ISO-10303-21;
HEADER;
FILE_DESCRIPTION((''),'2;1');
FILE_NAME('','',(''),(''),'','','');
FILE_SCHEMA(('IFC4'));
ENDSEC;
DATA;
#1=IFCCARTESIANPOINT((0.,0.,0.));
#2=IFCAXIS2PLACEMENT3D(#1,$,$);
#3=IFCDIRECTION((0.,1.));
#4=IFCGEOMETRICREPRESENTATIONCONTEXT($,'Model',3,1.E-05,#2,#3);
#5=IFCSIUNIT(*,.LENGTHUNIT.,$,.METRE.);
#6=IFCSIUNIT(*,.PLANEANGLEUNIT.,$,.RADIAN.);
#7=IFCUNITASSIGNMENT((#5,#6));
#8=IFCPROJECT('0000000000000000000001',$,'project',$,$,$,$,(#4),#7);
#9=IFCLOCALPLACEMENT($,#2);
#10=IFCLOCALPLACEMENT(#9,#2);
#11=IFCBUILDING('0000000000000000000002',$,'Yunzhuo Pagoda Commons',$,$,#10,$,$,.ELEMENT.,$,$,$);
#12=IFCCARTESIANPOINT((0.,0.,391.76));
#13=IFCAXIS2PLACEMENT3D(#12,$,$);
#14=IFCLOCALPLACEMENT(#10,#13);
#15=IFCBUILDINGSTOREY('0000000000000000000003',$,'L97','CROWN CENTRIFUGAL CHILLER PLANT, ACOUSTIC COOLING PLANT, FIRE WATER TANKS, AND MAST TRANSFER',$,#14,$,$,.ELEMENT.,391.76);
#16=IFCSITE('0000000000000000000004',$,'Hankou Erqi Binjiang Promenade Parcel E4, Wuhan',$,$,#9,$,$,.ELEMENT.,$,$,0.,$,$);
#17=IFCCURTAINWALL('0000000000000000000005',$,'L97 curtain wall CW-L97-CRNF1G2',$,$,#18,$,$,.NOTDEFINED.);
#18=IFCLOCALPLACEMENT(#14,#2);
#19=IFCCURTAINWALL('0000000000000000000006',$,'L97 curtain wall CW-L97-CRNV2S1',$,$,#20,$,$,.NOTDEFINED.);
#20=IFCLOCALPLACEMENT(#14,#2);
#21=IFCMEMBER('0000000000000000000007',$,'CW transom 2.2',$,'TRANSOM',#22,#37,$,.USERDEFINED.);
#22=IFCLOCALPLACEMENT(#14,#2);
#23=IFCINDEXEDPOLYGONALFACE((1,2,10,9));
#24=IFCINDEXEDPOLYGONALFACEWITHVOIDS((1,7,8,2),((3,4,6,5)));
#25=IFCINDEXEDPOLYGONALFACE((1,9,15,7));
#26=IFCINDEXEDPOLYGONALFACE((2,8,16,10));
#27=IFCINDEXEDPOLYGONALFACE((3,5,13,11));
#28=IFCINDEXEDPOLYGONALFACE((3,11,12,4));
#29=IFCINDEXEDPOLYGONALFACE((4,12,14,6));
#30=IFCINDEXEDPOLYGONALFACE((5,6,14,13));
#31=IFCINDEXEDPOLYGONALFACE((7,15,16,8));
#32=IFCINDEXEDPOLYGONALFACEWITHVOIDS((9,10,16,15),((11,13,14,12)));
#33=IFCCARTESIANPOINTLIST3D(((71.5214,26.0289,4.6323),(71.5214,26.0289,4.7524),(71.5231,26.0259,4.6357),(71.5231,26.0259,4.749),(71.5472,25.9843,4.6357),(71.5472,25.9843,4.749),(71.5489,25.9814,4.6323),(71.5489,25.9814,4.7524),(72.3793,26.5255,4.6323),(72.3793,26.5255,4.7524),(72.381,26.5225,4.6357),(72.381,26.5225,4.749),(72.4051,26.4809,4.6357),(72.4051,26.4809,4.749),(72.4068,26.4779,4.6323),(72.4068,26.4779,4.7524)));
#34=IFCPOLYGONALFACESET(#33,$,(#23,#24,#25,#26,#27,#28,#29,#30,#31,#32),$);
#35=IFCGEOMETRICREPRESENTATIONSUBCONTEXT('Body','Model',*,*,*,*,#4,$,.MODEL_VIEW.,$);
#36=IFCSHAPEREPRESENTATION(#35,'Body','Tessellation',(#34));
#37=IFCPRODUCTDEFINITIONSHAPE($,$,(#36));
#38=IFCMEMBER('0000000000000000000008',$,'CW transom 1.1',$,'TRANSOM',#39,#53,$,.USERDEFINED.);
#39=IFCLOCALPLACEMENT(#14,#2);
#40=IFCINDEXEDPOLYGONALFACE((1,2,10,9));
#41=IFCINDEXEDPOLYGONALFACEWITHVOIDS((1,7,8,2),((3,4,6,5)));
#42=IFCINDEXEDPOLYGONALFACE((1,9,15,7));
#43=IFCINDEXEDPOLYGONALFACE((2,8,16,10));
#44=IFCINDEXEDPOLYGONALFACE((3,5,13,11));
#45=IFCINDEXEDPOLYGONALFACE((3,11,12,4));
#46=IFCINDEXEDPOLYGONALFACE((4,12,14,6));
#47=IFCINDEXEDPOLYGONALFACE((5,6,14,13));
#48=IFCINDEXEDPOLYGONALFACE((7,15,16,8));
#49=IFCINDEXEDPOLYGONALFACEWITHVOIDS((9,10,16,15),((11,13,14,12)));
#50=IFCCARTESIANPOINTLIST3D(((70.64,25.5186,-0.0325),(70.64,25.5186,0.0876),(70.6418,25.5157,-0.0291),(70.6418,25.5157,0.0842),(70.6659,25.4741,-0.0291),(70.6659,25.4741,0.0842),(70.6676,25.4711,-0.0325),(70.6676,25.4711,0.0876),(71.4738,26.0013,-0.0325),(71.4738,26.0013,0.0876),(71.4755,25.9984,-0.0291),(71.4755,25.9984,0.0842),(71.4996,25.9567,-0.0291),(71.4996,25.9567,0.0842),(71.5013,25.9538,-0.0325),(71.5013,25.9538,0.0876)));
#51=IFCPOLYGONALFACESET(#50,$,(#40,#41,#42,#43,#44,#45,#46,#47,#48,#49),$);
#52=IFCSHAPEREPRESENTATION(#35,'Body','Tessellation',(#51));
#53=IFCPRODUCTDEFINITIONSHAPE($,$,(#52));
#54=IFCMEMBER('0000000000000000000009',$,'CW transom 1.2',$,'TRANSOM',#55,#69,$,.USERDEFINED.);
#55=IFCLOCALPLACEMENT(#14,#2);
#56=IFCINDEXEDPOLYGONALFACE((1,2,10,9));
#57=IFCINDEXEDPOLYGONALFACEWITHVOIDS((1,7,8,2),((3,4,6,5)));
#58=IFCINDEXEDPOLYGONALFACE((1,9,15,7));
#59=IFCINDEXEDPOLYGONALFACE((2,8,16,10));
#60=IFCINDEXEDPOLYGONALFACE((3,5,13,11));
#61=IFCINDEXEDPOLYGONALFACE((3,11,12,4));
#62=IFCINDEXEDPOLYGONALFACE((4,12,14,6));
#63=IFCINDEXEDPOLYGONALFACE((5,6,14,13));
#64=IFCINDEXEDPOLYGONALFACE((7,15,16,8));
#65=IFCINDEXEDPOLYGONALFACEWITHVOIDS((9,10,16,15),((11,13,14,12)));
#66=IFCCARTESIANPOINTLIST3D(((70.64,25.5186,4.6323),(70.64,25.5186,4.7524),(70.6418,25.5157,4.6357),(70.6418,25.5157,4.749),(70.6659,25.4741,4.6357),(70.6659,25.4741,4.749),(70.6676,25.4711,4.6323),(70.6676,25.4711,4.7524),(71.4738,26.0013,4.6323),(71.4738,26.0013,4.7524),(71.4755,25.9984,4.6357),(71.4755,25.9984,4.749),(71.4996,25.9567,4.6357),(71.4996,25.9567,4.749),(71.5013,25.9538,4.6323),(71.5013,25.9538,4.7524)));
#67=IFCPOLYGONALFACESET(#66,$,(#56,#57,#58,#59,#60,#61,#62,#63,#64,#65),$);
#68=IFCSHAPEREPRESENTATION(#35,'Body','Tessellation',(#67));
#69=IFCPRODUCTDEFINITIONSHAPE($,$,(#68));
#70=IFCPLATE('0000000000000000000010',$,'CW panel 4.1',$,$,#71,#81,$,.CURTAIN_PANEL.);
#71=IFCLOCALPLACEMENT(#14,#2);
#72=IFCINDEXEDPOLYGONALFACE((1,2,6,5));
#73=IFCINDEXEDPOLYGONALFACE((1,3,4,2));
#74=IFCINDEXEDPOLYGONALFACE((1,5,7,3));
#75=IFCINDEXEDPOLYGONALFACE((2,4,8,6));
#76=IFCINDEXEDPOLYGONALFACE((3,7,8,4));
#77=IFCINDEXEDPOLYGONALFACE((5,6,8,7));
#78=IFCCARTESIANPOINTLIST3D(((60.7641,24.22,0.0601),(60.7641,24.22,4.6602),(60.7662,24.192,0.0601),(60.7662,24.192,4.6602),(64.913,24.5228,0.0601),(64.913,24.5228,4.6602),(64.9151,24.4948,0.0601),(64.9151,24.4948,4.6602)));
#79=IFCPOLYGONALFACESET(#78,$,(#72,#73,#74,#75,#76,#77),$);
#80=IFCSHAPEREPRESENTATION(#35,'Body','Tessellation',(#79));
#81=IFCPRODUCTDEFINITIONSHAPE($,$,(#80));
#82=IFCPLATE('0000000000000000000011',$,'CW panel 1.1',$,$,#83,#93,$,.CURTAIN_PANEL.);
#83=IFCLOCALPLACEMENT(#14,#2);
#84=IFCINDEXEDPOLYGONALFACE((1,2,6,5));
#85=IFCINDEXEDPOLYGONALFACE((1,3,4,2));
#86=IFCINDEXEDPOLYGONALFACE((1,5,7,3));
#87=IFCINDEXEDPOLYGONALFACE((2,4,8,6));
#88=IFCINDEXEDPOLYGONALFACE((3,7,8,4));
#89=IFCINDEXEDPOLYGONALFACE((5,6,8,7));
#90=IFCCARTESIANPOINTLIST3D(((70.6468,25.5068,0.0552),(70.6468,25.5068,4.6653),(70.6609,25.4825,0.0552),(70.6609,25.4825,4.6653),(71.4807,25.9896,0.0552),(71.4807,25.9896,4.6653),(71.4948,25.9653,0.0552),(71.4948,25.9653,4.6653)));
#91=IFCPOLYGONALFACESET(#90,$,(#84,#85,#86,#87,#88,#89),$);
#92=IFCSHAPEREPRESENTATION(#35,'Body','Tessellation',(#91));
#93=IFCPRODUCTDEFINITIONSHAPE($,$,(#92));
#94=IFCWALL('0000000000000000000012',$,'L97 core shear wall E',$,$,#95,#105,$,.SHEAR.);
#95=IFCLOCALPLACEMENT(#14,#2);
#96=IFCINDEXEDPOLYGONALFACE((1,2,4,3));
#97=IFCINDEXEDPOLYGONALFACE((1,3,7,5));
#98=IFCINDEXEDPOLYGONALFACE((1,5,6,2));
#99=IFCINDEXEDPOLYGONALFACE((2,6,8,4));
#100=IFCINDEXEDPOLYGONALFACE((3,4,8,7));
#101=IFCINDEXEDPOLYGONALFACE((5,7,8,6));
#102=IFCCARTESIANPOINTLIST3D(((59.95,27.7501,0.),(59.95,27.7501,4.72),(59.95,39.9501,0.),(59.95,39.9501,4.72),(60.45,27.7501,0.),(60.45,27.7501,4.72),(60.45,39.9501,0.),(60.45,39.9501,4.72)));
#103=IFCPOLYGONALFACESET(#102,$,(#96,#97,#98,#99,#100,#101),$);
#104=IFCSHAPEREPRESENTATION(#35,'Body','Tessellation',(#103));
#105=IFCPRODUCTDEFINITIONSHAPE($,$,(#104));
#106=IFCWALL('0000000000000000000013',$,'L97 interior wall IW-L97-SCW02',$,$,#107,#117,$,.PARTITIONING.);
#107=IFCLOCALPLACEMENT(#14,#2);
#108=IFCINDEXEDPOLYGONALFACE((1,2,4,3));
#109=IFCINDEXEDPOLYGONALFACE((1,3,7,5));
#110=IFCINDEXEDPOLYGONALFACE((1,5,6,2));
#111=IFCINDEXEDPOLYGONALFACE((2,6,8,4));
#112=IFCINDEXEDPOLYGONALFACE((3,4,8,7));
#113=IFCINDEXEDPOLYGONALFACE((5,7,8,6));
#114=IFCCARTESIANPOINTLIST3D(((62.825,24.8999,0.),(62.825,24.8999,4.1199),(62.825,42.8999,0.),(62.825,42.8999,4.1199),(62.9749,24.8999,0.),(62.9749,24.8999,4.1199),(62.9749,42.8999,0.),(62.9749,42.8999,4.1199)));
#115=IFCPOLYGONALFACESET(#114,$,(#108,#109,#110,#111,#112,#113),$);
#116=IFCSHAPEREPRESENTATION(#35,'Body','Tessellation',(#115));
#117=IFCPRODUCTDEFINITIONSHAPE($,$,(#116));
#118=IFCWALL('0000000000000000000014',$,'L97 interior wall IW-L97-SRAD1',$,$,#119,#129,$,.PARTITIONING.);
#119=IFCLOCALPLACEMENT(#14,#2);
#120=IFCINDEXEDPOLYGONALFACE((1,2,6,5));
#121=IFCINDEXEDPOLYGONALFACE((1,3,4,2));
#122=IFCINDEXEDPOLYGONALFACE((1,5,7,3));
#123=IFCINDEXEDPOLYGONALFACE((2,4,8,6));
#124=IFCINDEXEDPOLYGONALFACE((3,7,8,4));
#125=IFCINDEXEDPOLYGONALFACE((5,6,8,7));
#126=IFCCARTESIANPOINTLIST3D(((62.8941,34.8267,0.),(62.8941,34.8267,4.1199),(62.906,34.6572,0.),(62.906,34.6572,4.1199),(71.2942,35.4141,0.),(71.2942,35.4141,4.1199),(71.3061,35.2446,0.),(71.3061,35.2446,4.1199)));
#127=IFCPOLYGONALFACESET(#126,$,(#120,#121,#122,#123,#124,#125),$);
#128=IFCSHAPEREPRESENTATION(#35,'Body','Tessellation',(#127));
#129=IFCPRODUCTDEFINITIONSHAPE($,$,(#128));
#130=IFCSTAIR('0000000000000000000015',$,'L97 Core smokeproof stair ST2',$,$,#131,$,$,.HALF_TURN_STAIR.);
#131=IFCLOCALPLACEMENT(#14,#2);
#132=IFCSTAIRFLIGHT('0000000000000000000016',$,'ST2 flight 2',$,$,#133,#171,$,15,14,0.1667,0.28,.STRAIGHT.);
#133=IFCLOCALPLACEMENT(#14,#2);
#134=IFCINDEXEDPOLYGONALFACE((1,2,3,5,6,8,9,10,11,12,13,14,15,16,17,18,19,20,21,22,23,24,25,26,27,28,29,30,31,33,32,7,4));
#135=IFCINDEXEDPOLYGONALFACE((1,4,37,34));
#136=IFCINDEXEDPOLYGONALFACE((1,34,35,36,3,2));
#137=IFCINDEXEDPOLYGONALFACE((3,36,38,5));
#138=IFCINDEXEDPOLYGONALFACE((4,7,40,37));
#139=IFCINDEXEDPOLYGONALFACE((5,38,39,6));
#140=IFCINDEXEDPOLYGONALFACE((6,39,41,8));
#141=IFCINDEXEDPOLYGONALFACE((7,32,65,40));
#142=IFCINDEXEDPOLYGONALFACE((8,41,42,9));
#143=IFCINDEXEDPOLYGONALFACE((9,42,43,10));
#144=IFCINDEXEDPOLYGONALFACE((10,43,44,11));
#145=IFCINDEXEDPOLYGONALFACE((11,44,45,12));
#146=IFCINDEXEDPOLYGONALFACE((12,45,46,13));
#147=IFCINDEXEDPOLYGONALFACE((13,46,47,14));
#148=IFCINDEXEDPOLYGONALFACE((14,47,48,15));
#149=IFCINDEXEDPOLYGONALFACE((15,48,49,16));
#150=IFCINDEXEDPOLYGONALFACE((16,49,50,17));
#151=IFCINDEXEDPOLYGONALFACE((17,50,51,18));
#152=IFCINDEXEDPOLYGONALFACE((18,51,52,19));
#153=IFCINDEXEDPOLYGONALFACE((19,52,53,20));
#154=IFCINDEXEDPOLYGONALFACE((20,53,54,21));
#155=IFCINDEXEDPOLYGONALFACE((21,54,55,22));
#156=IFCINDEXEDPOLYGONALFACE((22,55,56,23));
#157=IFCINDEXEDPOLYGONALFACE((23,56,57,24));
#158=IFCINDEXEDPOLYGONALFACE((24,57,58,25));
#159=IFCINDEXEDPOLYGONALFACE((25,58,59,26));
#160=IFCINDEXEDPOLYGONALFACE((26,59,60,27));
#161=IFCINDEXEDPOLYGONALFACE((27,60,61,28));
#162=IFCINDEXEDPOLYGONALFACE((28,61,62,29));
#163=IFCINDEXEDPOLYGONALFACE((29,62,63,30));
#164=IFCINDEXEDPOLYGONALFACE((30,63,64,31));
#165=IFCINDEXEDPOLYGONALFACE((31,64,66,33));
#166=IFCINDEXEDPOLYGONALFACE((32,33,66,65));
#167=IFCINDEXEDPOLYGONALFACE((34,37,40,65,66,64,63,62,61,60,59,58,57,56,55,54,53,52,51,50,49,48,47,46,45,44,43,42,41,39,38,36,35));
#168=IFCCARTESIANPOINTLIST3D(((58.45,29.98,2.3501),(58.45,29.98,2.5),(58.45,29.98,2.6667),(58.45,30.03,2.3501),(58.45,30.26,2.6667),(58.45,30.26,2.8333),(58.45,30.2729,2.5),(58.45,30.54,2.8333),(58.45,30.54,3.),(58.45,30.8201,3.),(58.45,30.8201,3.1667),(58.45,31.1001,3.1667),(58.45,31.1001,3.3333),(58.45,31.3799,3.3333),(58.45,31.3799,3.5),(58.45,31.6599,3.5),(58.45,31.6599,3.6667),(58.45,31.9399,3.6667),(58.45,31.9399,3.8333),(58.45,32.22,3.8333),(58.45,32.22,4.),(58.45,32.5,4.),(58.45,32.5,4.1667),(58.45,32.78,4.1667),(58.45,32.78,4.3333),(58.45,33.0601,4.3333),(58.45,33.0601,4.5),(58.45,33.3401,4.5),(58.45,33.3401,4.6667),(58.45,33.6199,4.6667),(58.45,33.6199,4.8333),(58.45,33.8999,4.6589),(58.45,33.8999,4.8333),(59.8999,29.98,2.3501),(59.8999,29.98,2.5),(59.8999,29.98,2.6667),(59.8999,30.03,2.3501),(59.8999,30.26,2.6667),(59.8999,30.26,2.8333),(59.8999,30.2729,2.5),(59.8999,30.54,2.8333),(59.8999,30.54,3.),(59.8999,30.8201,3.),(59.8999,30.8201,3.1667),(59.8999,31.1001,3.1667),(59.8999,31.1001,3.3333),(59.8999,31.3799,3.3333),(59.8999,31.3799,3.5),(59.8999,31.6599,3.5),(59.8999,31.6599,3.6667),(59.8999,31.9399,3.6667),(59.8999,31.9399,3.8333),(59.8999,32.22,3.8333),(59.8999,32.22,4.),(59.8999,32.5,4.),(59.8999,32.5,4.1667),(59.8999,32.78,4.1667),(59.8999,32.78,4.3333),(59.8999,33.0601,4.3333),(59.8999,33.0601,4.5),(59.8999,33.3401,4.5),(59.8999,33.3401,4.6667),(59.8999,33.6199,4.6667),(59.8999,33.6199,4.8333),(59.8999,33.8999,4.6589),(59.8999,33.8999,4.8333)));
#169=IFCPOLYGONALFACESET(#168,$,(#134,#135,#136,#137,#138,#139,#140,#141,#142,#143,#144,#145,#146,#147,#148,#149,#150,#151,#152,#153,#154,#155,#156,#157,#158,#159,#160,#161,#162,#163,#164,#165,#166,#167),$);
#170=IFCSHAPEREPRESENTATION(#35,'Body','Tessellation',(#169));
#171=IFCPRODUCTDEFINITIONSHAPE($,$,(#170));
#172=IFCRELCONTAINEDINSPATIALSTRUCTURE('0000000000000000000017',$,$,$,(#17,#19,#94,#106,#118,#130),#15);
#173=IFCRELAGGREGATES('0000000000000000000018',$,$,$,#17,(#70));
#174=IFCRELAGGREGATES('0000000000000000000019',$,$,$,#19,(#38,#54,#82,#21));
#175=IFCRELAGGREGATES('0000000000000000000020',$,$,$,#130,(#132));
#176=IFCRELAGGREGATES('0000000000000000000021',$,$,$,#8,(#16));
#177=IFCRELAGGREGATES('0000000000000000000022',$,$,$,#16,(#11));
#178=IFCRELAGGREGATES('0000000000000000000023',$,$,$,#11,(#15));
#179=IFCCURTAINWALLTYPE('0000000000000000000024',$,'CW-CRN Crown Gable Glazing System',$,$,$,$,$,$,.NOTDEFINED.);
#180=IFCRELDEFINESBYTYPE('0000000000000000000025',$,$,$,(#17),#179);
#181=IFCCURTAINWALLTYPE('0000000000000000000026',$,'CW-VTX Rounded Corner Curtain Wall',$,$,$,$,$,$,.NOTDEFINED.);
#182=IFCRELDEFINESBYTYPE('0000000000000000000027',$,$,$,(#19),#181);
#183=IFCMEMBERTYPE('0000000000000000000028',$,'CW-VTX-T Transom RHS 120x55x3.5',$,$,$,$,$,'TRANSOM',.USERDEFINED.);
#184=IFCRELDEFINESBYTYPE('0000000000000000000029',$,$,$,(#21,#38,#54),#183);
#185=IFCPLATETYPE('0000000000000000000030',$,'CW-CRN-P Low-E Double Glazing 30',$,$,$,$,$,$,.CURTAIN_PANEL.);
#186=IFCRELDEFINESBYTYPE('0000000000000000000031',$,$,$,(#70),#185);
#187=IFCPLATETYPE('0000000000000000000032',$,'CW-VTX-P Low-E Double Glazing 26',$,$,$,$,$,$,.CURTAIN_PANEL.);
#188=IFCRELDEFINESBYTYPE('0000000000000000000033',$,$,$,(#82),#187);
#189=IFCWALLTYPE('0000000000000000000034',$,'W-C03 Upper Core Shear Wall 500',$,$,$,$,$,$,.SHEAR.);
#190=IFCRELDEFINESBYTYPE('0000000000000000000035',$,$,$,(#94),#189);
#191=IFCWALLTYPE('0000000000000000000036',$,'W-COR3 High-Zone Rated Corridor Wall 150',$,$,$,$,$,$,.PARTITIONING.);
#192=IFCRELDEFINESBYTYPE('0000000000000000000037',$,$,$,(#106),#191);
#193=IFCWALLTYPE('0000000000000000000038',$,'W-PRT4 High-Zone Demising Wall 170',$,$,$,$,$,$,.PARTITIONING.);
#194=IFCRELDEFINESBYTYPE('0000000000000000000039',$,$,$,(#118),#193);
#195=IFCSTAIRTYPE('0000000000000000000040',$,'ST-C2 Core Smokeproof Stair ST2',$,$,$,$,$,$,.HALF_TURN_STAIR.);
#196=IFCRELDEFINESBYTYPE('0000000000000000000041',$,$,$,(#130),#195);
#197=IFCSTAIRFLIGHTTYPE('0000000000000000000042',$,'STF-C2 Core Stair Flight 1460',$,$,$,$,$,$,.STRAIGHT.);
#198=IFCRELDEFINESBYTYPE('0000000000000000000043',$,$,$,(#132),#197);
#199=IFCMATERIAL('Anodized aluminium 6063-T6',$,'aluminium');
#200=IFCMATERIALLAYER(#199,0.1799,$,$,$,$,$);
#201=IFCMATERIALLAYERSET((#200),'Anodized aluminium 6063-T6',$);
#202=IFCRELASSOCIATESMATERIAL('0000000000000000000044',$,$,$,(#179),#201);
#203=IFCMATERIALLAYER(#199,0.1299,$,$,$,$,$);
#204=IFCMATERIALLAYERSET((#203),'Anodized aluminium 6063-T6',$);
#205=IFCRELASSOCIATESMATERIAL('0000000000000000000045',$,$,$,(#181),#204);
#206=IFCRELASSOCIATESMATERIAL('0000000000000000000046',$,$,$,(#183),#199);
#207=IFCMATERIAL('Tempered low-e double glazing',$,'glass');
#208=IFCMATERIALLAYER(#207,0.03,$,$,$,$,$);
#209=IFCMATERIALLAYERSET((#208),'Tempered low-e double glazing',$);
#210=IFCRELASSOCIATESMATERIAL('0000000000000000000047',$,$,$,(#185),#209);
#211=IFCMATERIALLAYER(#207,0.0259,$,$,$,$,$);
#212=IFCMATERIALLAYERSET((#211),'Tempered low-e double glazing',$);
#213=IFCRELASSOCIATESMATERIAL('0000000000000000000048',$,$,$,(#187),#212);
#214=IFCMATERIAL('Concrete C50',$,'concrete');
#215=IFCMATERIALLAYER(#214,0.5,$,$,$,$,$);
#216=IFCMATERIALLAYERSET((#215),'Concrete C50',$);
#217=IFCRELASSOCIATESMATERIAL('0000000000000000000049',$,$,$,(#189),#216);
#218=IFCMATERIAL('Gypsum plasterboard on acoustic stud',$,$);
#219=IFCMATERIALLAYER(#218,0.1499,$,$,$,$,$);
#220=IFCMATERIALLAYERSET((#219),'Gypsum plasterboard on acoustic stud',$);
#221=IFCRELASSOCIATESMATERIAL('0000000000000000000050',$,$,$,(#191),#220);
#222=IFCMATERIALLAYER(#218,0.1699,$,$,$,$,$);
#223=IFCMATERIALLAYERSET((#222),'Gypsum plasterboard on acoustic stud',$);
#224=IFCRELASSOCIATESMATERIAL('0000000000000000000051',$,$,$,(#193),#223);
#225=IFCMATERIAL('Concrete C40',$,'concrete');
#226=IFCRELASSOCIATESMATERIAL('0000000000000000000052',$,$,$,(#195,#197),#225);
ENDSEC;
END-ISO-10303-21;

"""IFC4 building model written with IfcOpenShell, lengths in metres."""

from ifc_helpers import new_model, si_unit, direction, frame, frame_2d, origin, origin_2d, place, context, subcontext, project, spatial, polyline, rectangle, hollow_rectangle, outline, extrude, source, transform, mapped, material, layer, layer_set, material_profile, profile_set, type_object, element, aggregate, save


model = new_model("IFC4")

# Units and contexts
model_context = context("Model", 3, precision=1e-05, world=origin(), true_north=direction((0.0, 1.0)))
body_context = subcontext(model_context, "Body", "Model", "MODEL_VIEW")
ifc_project = project(units=[si_unit("LENGTHUNIT", "METRE"), si_unit("PLANEANGLEUNIT", "RADIAN")], contexts=[model_context])

# Site, building, storey
site_placement = place(None, origin())
site = spatial("IfcSite", under=ifc_project, at=site_placement, Name="Hankou Erqi Binjiang Promenade Parcel E4, Wuhan", CompositionType="ELEMENT", RefElevation=0.0)
building_placement = place(site_placement, origin())
building = spatial("IfcBuilding", under=site, at=building_placement, Name="Yunzhuo Pagoda Commons", CompositionType="ELEMENT")
storey_placement = place(building_placement, frame((0.0, 0.0, 391.76)))
storey = spatial("IfcBuildingStorey", under=building, at=storey_placement, Name="L97", Description="CROWN CENTRIFUGAL CHILLER PLANT, ACOUSTIC COOLING PLANT, FIRE WATER TANKS, AND MAST TRANSFER", CompositionType="ELEMENT", Elevation=391.76)

# Curtain walls, members
ifc_material_1 = material(Name="Anodized aluminium 6063-T6", Category="aluminium")
ifc_layer_1 = layer(ifc_material_1, 0.1799)
ifc_layer_set_1 = layer_set([ifc_layer_1], Name="Anodized aluminium 6063-T6")
curtain_wall_type_1 = type_object("IfcCurtainWallType", Name="CW-CRN Crown Gable Glazing System", PredefinedType="NOTDEFINED", material=ifc_layer_set_1)
curtain_wall_1_placement = place(storey_placement, origin())
curtain_wall_1 = element("IfcCurtainWall", 1, at=curtain_wall_1_placement, inside=storey, type_object=curtain_wall_type_1, Name="L97 curtain wall CW-L97-CRNF1G2", PredefinedType="NOTDEFINED")
ifc_layer_2 = layer(ifc_material_1, 0.1299)
ifc_layer_set_2 = layer_set([ifc_layer_2], Name="Anodized aluminium 6063-T6")
curtain_wall_type_2 = type_object("IfcCurtainWallType", Name="CW-VTX Rounded Corner Curtain Wall", PredefinedType="NOTDEFINED", material=ifc_layer_set_2)
curtain_wall_2_placement = place(storey_placement, origin())
curtain_wall_2 = element("IfcCurtainWall", 2, at=curtain_wall_2_placement, inside=storey, type_object=curtain_wall_type_2, Name="L97 curtain wall CW-L97-CRNV2S1", PredefinedType="NOTDEFINED")
ifc_material_profile_1 = material_profile(ifc_material_1, hollow_rectangle(XDim=0.0549, YDim=0.1201, WallThickness=0.0034, at=origin_2d()), Name="Anodized aluminium 6063-T6")
ifc_profile_set_1 = profile_set([ifc_material_profile_1], Name="Anodized aluminium 6063-T6")
member_type_1 = type_object("IfcMemberType", Name="CW-VTX-T Transom RHS 120x55x3.5", ElementType="TRANSOM", PredefinedType="USERDEFINED", material=ifc_profile_set_1)
shared_shape_1 = source(origin(), body_context, "Body", "SweptSolid", [
    extrude(hollow_rectangle(XDim=0.0549, YDim=0.1201, WallThickness=0.0034, at=origin_2d()), origin(), (0.0, 0.0, 1.0), 0.9912),
])
member_1_placement = place(storey_placement, frame((71.5352, 26.0051, 4.6924), z_axis=(0.865471, 0.500959, 0.0), x_axis=(-0.500959, 0.865471, 0.0)))
member_1 = element("IfcMember", 3, at=member_1_placement, type_object=member_type_1, Name="CW transom 2.2", ObjectType="TRANSOM", PredefinedType="USERDEFINED", context=body_context, shape_type="MappedRepresentation", body=[
    mapped(shared_shape_1, transform((0.0, 0.0, 0.0), scale=1.0)),
])
shared_shape_2 = source(origin(), body_context, "Body", "SweptSolid", [
    extrude(hollow_rectangle(XDim=0.0549, YDim=0.1201, WallThickness=0.0034, at=origin_2d()), origin(), (0.0, 0.0, 1.0), 0.9634),
])
member_2_placement = place(storey_placement, frame((70.6538, 25.4949, 0.0276), z_axis=(0.865438, 0.501016, 0.0), x_axis=(-0.501016, 0.865438, 0.0)))
member_2 = element("IfcMember", 4, at=member_2_placement, type_object=member_type_1, Name="CW transom 1.1", ObjectType="TRANSOM", PredefinedType="USERDEFINED", context=body_context, shape_type="MappedRepresentation", body=[
    mapped(shared_shape_2, transform((0.0, 0.0, 0.0), scale=1.0)),
])
member_3_placement = place(storey_placement, frame((70.6538, 25.4949, 4.6924), z_axis=(0.865438, 0.501016, 0.0), x_axis=(-0.501016, 0.865438, 0.0)))
member_3 = element("IfcMember", 5, at=member_3_placement, type_object=member_type_1, Name="CW transom 1.2", ObjectType="TRANSOM", PredefinedType="USERDEFINED", context=body_context, shape_type="MappedRepresentation", body=[
    mapped(shared_shape_2, transform((0.0, 0.0, 0.0), scale=1.0)),
])

# Plates
ifc_material_2 = material(Name="Tempered low-e double glazing", Category="glass")
ifc_layer_3 = layer(ifc_material_2, 0.03)
ifc_layer_set_3 = layer_set([ifc_layer_3], Name="Tempered low-e double glazing")
plate_type_1 = type_object("IfcPlateType", Name="CW-CRN-P Low-E Double Glazing 30", PredefinedType="CURTAIN_PANEL", material=ifc_layer_set_3)
shared_shape_3 = source(origin(), body_context, "Body", "SweptSolid", [
    extrude(rectangle(XDim=4.1599, YDim=0.0281, at=origin_2d()), origin(), (0.0, 0.0, 1.0), 4.6001),
])
plate_1_placement = place(storey_placement, frame((62.8396, 24.3574, 0.0601), z_axis=(0.0, 0.0, 1.0), x_axis=(0.997347, 0.072796, 0.0)))
plate_1 = element("IfcPlate", 6, at=plate_1_placement, type_object=plate_type_1, Name="CW panel 4.1", PredefinedType="CURTAIN_PANEL", context=body_context, shape_type="MappedRepresentation", body=[
    mapped(shared_shape_3, transform((0.0, 0.0, 0.0), scale=1.0)),
])
aggregate(curtain_wall_1, [plate_1])
ifc_layer_4 = layer(ifc_material_2, 0.0259)
ifc_layer_set_4 = layer_set([ifc_layer_4], Name="Tempered low-e double glazing")
plate_type_2 = type_object("IfcPlateType", Name="CW-VTX-P Low-E Double Glazing 26", PredefinedType="CURTAIN_PANEL", material=ifc_layer_set_4)
shared_shape_4 = source(origin(), body_context, "Body", "SweptSolid", [
    extrude(rectangle(XDim=0.9636, YDim=0.0281, at=origin_2d()), origin(), (0.0, 0.0, 1.0), 4.6101),
])
plate_2_placement = place(storey_placement, frame((71.0708, 25.7361, 0.0552), z_axis=(0.0, 0.0, 1.0), x_axis=(0.865423, 0.501041, 0.0)))
plate_2 = element("IfcPlate", 7, at=plate_2_placement, type_object=plate_type_2, Name="CW panel 1.1", PredefinedType="CURTAIN_PANEL", context=body_context, shape_type="MappedRepresentation", body=[
    mapped(shared_shape_4, transform((0.0, 0.0, 0.0), scale=1.0)),
])
aggregate(curtain_wall_2, [member_2, member_3, plate_2, member_1])

# Walls
ifc_material_3 = material(Name="Concrete C50", Category="concrete")
ifc_layer_5 = layer(ifc_material_3, 0.5)
ifc_layer_set_5 = layer_set([ifc_layer_5], Name="Concrete C50")
wall_type_1 = type_object("IfcWallType", Name="W-C03 Upper Core Shear Wall 500", PredefinedType="SHEAR", material=ifc_layer_set_5)
wall_1_placement = place(storey_placement, frame((60.2, 27.75, 0.0), z_axis=(0.0, 0.0, 1.0), x_axis=(0.0, 1.0, 0.0)))
element("IfcWall", 8, at=wall_1_placement, inside=storey, type_object=wall_type_1, Name="L97 core shear wall E", PredefinedType="SHEAR", context=body_context, shape_type="SweptSolid", body=[
    extrude(rectangle(XDim=12.2, YDim=0.5, at=frame_2d((6.1001, 0.0))), origin(), (0.0, 0.0, 1.0), 4.72),
])
ifc_material_4 = material(Name="Gypsum plasterboard on acoustic stud")
ifc_layer_6 = layer(ifc_material_4, 0.1499)
ifc_layer_set_6 = layer_set([ifc_layer_6], Name="Gypsum plasterboard on acoustic stud")
wall_type_2 = type_object("IfcWallType", Name="W-COR3 High-Zone Rated Corridor Wall 150", PredefinedType="PARTITIONING", material=ifc_layer_set_6)
wall_2_placement = place(storey_placement, frame((62.8999, 24.8999, 0.0), z_axis=(0.0, 0.0, 1.0), x_axis=(0.0, 1.0, 0.0)))
element("IfcWall", 9, at=wall_2_placement, inside=storey, type_object=wall_type_2, Name="L97 interior wall IW-L97-SCW02", PredefinedType="PARTITIONING", context=body_context, shape_type="SweptSolid", body=[
    extrude(rectangle(XDim=18.0, YDim=0.1499, at=frame_2d((9.0, 0.0))), origin(), (0.0, 0.0, 1.0), 4.1199),
])
ifc_layer_7 = layer(ifc_material_4, 0.1699)
ifc_layer_set_7 = layer_set([ifc_layer_7], Name="Gypsum plasterboard on acoustic stud")
wall_type_3 = type_object("IfcWallType", Name="W-PRT4 High-Zone Demising Wall 170", PredefinedType="PARTITIONING", material=ifc_layer_set_7)
wall_3_placement = place(storey_placement, frame((62.8999, 34.7419, 0.0), z_axis=(0.0, 0.0, 1.0), x_axis=(0.997564, 0.069757, 0.0)))
element("IfcWall", 10, at=wall_3_placement, inside=storey, type_object=wall_type_3, Name="L97 interior wall IW-L97-SRAD1", PredefinedType="PARTITIONING", context=body_context, shape_type="SweptSolid", body=[
    extrude(rectangle(XDim=8.4207, YDim=0.1699, at=frame_2d((4.2104, 0.0))), origin(), (0.0, 0.0, 1.0), 4.1199),
])

# Stair, stair flight
ifc_material_5 = material(Name="Concrete C40", Category="concrete")
stair_type = type_object("IfcStairType", Name="ST-C2 Core Smokeproof Stair ST2", PredefinedType="HALF_TURN_STAIR", material=ifc_material_5)
stair_placement = place(storey_placement, origin())
stair = element("IfcStair", 11, at=stair_placement, inside=storey, type_object=stair_type, Name="L97 Core smokeproof stair ST2", PredefinedType="HALF_TURN_STAIR")
stair_flight_type = type_object("IfcStairFlightType", Name="STF-C2 Core Stair Flight 1460", PredefinedType="STRAIGHT", material=ifc_material_5)
shared_shape_5 = source(origin(), body_context, "Body", "SweptSolid", [
    extrude(outline(polyline([(0.0, -0.1499), (0.0, 0.0), (0.0, 0.1667), (0.28, 0.1667), (0.28, 0.3333), (0.5601, 0.3333), (0.5601, 0.5), (0.8401, 0.5), (0.8401, 0.6667), (1.1201, 0.6667), (1.1201, 0.8333), (1.3999, 0.8333), (1.3999, 1.0), (1.6799, 1.0), (1.6799, 1.1667), (1.96, 1.1667), (1.96, 1.3333), (2.24, 1.3333), (2.24, 1.5), (2.52, 1.5), (2.52, 1.6667), (2.8, 1.6667), (2.8, 1.8333), (3.0801, 1.8333), (3.0801, 2.0), (3.3601, 2.0), (3.3601, 2.1667), (3.6399, 2.1667), (3.6399, 2.3333), (3.9199, 2.3333), (3.9199, 2.5), (3.9199, 2.1589), (0.293, 0.0), (0.05, -0.1499), (0.0, -0.1499)])), frame((0.0, 0.7251, 0.0), z_axis=(0.0, -1.0, 0.0), x_axis=(1.0, 0.0, 0.0)), (0.0, 0.0, 1.0), 1.45),
])
stair_flight_placement = place(storey_placement, frame((59.175, 29.98, 2.5), z_axis=(0.0, 0.0, 1.0), x_axis=(0.0, 1.0, 0.0)))
stair_flight = element("IfcStairFlight", 12, at=stair_flight_placement, type_object=stair_flight_type, Name="ST2 flight 2", NumberOfRisers=15, NumberOfTreads=14, PredefinedType="STRAIGHT", RiserHeight=0.1667, TreadLength=0.28, context=body_context, shape_type="MappedRepresentation", body=[
    mapped(shared_shape_5, transform((0.0, 0.0, 0.0), scale=1.0)),
])
aggregate(stair, [stair_flight])

save(model, "model.ifc")
